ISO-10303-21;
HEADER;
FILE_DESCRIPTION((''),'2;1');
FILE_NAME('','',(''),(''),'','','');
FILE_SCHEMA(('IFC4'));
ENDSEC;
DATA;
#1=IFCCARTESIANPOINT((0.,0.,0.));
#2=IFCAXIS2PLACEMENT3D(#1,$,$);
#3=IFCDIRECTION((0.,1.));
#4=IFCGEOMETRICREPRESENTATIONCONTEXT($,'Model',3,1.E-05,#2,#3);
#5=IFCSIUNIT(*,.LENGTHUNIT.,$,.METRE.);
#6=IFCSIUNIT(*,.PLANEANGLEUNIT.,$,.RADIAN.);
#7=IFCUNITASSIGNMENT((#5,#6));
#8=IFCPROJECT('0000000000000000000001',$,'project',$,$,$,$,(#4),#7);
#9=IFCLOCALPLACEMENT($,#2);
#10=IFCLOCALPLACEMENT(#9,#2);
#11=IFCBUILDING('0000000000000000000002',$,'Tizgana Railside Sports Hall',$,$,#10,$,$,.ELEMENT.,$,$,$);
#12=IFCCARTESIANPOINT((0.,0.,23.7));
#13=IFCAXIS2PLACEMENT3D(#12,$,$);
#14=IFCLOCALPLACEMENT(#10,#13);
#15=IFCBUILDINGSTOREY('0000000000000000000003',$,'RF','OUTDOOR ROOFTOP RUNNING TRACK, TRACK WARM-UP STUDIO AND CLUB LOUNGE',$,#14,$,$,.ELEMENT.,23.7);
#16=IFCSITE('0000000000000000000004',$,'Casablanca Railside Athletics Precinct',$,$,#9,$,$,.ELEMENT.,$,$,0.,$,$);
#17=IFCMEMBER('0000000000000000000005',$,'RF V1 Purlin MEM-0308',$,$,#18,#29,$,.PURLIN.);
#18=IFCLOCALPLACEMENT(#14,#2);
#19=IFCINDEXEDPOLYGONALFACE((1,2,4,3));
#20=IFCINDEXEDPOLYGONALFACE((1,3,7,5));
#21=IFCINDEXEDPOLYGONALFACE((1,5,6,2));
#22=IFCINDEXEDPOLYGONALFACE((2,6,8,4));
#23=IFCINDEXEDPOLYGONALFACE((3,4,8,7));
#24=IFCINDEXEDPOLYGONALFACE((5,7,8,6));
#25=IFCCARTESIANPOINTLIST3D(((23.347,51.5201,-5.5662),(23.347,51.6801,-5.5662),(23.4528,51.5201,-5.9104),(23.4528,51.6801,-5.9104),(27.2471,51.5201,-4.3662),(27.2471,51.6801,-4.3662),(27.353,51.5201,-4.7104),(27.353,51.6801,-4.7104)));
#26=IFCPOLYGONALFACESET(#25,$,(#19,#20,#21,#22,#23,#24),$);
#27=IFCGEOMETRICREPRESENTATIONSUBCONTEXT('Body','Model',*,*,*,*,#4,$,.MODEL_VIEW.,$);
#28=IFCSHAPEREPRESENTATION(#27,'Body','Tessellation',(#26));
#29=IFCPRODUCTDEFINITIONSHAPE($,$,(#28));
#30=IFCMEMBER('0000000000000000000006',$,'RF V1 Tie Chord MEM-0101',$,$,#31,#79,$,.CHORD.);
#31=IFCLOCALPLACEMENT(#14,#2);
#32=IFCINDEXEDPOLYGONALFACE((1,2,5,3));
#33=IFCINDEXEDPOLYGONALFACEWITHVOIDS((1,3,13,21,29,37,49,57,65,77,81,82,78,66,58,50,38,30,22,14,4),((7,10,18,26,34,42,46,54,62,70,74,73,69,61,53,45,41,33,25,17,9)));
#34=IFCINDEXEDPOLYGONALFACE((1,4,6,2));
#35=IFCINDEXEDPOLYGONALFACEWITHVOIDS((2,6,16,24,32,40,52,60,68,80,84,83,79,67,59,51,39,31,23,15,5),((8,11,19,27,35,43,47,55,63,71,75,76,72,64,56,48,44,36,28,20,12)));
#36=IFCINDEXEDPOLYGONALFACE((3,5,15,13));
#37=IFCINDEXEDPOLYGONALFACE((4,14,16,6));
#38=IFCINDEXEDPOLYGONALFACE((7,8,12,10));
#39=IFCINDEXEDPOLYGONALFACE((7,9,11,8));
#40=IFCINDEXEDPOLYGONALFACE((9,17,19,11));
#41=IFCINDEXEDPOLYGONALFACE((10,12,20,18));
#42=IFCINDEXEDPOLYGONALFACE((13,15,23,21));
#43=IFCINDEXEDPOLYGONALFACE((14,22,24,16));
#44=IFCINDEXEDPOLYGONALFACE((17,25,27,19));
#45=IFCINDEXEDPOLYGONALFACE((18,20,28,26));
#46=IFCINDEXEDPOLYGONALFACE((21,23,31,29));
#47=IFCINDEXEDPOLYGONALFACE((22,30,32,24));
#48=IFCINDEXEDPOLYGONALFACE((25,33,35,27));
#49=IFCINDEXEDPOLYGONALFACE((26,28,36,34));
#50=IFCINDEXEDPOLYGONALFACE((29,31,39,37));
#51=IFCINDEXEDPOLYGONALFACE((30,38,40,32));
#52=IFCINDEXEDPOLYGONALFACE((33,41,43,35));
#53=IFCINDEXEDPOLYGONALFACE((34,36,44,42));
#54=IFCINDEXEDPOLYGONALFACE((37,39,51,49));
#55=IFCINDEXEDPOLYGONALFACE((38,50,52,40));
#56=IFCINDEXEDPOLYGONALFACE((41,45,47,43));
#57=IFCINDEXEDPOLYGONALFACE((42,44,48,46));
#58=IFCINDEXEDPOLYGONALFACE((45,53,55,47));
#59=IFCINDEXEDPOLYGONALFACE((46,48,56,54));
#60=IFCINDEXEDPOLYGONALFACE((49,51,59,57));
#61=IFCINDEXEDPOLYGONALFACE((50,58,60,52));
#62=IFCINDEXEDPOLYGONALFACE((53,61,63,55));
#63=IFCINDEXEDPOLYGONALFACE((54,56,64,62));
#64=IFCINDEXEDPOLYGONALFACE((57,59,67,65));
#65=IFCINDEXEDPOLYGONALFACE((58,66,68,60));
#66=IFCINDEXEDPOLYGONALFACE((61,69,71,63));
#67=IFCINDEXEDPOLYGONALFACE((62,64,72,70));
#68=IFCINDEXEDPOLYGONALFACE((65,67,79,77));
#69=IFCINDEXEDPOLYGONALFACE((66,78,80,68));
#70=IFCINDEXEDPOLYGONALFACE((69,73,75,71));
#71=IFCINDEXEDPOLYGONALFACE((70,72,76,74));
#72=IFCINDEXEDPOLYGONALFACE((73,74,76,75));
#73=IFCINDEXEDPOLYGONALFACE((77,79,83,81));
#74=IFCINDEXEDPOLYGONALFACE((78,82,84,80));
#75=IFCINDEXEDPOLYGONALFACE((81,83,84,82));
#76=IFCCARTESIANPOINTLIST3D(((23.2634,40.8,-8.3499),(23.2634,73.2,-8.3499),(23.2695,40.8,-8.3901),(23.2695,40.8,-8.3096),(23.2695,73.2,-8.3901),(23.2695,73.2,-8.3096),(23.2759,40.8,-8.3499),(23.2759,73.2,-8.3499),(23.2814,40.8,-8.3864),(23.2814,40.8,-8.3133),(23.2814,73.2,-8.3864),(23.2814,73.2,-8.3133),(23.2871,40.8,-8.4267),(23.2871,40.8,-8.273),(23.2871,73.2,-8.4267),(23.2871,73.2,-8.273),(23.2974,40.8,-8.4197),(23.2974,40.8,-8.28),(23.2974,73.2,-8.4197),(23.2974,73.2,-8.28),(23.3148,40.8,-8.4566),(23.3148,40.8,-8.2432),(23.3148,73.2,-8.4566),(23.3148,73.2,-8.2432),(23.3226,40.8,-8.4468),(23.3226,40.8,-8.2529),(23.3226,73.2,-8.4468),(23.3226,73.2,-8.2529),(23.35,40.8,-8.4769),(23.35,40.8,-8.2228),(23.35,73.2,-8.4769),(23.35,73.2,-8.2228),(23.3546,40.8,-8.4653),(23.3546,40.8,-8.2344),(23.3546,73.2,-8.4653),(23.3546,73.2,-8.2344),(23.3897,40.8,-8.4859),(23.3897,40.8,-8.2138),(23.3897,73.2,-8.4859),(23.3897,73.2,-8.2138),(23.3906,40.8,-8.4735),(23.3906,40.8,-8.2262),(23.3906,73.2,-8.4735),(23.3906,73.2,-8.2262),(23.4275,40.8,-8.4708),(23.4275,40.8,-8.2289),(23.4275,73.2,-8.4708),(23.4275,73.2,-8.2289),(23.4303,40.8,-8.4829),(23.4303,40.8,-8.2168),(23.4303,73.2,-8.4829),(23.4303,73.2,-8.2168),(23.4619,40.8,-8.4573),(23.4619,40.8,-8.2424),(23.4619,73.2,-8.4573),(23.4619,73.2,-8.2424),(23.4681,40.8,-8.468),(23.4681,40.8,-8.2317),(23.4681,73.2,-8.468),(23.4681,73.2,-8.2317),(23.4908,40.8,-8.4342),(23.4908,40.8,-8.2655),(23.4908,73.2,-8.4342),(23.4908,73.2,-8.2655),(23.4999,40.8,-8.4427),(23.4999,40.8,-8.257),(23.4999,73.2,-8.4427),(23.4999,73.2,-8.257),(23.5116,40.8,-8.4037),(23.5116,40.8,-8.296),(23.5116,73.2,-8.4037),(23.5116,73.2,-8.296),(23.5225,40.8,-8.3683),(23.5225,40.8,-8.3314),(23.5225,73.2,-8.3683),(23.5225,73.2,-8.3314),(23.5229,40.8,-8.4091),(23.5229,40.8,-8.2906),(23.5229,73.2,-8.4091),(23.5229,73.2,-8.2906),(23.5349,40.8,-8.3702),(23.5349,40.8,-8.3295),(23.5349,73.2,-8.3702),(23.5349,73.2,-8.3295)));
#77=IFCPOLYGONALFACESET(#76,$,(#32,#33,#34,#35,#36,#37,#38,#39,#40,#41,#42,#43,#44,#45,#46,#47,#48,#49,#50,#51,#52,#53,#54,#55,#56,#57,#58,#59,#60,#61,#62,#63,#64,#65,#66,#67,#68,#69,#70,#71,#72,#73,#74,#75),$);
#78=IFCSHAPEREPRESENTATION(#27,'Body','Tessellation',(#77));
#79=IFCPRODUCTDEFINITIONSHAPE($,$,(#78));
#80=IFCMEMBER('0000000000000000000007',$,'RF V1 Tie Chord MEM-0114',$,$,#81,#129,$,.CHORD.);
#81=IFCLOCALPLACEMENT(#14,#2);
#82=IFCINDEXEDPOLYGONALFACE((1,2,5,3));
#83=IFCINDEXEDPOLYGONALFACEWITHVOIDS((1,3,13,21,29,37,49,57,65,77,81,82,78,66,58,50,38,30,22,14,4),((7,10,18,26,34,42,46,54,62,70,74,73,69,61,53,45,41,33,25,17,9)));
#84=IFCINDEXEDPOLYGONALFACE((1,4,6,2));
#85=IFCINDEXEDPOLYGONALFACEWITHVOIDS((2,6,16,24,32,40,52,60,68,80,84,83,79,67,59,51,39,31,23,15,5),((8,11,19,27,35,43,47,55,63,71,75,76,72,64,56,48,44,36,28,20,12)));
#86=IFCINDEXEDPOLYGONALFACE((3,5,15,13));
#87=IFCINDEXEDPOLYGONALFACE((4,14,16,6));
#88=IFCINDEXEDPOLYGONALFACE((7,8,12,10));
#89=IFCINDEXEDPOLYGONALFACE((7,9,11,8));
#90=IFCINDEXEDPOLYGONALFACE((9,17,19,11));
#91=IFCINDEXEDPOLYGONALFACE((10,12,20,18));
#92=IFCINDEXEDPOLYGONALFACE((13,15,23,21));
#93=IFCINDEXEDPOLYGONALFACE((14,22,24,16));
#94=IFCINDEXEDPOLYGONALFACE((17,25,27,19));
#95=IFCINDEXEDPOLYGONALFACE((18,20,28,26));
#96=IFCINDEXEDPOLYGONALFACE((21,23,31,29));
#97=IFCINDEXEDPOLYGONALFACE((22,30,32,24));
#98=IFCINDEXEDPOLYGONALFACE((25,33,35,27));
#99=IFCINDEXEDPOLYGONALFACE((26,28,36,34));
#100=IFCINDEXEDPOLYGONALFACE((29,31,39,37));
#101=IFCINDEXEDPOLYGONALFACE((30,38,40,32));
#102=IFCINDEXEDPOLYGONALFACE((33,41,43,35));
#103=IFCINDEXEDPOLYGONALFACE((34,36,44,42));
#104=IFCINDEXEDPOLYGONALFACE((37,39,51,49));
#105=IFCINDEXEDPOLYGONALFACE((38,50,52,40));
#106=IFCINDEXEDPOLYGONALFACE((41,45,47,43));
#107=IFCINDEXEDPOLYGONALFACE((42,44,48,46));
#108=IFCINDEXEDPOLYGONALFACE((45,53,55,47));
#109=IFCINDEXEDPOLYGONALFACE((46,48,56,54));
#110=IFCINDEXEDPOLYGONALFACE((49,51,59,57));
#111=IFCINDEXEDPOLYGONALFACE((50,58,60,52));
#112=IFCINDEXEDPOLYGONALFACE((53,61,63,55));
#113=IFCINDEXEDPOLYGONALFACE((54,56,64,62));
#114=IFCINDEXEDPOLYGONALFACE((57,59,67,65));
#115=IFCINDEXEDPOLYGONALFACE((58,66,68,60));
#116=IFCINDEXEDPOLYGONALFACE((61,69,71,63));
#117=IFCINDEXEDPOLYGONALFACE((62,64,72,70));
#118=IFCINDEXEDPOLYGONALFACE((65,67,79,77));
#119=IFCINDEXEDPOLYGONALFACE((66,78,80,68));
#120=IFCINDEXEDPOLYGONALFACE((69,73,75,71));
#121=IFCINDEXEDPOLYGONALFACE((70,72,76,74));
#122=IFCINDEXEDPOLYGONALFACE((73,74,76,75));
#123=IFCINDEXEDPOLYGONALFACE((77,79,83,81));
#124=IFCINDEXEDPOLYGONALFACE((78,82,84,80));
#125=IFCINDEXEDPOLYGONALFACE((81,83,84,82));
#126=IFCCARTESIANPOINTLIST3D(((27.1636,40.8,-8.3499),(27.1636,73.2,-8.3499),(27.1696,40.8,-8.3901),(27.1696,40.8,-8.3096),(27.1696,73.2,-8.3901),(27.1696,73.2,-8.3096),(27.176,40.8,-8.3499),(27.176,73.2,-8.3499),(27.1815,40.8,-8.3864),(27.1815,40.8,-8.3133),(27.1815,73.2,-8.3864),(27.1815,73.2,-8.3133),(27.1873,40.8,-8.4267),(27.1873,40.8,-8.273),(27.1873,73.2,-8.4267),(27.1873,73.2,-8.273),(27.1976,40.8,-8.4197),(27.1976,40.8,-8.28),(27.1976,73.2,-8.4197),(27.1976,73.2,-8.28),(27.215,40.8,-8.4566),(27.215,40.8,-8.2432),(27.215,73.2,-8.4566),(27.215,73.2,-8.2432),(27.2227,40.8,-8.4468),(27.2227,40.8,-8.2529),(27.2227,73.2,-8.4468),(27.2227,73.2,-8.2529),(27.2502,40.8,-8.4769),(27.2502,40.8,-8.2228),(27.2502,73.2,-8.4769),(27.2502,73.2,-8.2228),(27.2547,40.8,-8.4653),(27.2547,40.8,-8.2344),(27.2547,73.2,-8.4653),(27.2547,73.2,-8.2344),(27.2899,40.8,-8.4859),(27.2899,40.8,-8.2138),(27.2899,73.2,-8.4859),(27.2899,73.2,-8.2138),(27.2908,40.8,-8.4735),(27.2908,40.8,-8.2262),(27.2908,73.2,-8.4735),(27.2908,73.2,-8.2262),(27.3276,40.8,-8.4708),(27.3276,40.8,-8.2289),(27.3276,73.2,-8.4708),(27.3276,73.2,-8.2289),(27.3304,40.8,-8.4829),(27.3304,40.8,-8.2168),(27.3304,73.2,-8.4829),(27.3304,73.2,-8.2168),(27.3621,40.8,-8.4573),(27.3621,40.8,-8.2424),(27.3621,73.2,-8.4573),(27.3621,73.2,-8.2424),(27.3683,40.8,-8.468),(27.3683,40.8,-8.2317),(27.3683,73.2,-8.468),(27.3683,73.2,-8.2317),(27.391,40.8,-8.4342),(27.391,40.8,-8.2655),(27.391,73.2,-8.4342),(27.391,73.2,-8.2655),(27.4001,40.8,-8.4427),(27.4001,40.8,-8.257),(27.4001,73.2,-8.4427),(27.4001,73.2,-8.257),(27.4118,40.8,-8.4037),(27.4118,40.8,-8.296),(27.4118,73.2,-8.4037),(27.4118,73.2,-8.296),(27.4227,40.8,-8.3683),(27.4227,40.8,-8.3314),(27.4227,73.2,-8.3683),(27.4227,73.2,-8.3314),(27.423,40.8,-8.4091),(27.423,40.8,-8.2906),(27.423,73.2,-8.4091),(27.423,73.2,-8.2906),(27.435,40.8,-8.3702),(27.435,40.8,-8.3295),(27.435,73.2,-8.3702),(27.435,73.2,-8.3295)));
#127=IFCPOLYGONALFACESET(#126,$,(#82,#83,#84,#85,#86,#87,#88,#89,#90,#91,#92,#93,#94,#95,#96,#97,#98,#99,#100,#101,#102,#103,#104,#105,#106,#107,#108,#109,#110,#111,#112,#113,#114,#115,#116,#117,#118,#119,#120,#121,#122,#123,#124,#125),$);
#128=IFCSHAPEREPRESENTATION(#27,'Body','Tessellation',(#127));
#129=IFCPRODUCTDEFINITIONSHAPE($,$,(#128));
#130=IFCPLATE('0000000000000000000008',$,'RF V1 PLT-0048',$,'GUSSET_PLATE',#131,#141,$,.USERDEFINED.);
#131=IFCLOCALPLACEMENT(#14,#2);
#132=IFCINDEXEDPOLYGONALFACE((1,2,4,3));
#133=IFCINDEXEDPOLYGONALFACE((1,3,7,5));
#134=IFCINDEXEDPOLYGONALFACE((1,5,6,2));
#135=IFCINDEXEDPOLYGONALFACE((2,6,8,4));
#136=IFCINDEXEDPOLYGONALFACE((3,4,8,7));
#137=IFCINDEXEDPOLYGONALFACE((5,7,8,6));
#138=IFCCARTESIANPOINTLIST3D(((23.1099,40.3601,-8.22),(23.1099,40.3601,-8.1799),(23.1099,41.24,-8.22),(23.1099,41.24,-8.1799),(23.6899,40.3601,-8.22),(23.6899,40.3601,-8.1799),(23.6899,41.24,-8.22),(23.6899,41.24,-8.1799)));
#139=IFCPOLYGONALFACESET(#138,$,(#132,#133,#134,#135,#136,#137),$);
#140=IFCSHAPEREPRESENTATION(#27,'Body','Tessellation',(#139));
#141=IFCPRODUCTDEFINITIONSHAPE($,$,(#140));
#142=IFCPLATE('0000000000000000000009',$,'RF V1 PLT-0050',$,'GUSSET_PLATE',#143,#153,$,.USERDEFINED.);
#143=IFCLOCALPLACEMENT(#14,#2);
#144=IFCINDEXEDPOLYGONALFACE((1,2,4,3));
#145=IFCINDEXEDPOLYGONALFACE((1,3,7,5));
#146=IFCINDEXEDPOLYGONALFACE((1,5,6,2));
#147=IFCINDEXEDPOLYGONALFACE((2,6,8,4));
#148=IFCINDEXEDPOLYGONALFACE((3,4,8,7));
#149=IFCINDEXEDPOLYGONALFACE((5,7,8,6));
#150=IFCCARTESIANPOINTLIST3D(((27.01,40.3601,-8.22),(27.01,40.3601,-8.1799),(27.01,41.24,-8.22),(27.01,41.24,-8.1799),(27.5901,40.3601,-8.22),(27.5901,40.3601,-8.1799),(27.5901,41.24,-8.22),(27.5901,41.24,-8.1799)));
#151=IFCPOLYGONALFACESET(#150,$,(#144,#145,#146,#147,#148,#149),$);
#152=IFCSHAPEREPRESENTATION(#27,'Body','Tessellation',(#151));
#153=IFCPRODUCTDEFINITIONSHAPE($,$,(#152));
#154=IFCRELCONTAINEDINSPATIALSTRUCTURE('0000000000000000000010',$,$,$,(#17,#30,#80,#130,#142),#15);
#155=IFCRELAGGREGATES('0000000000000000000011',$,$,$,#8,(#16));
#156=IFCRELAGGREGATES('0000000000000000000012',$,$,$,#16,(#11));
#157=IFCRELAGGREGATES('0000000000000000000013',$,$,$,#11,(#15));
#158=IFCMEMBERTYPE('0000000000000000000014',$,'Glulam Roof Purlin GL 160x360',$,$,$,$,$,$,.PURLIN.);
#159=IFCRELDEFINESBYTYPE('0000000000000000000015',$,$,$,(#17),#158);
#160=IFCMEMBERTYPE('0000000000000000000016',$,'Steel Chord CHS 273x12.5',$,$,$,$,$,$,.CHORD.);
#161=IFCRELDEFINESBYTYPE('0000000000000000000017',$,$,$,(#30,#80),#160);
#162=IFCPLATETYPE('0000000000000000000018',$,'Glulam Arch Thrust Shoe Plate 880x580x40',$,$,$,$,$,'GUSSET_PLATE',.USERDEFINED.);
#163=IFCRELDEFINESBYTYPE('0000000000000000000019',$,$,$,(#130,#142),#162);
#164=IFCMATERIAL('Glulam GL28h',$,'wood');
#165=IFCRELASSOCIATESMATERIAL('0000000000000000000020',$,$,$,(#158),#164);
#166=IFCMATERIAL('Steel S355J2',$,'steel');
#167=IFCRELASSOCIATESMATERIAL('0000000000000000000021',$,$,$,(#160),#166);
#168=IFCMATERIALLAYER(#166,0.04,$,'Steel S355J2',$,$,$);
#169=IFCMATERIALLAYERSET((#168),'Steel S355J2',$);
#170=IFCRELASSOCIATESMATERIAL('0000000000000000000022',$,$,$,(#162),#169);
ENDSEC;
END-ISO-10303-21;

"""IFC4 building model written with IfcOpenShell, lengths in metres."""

from ifc_helpers import new_model, si_unit, direction, frame, origin, origin_2d, place, context, subcontext, project, spatial, rectangle, hollow_circle, extrude, material, layer, layer_set, material_profile, profile_set, type_object, element, save


model = new_model("IFC4")

# Units and contexts
model_context = context("Model", 3, precision=1e-05, world=origin(), true_north=direction((0.0, 1.0)))
body_context = subcontext(model_context, "Body", "Model", "MODEL_VIEW")
ifc_project = project(units=[si_unit("LENGTHUNIT", "METRE"), si_unit("PLANEANGLEUNIT", "RADIAN")], contexts=[model_context])

# Site, building, storey
site_placement = place(None, origin())
site = spatial("IfcSite", under=ifc_project, at=site_placement, Name="Casablanca Railside Athletics Precinct", CompositionType="ELEMENT", RefElevation=0.0)
building_placement = place(site_placement, origin())
building = spatial("IfcBuilding", under=site, at=building_placement, Name="Tizgana Railside Sports Hall", CompositionType="ELEMENT")
storey_placement = place(building_placement, frame((0.0, 0.0, 23.7)))
storey = spatial("IfcBuildingStorey", under=building, at=storey_placement, Name="RF", Description="OUTDOOR ROOFTOP RUNNING TRACK, TRACK WARM-UP STUDIO AND CLUB LOUNGE", CompositionType="ELEMENT", Elevation=23.7)

# Members
ifc_material_1 = material(Name="Glulam GL28h", Category="wood")
ifc_material_profile_1 = material_profile(ifc_material_1, rectangle(XDim=0.1599, YDim=0.3601, at=origin_2d()), Name="GL 160x360")
ifc_profile_set_1 = profile_set([ifc_material_profile_1], Name="Glulam GL28h")
member_type_1 = type_object("IfcMemberType", Name="Glulam Roof Purlin GL 160x360", PredefinedType="PURLIN", material=ifc_profile_set_1)
member_1_placement = place(storey_placement, frame((23.3999, 51.6001, -5.7383), z_axis=(0.955785, 0.0, 0.294065), x_axis=(0.0, 1.0, 0.0)))
element("IfcMember", 1, at=member_1_placement, inside=storey, type_object=member_type_1, Name="RF V1 Purlin MEM-0308", PredefinedType="PURLIN", context=body_context, shape_type="SweptSolid", body=[
    extrude(rectangle(XDim=0.1599, YDim=0.3601, at=origin_2d()), origin(), (0.0, 0.0, 1.0), 4.0806),
])
ifc_material_2 = material(Name="Steel S355J2", Category="steel")
ifc_material_profile_2 = material_profile(ifc_material_2, hollow_circle(Radius=0.1365, WallThickness=0.0125, at=origin_2d()), Name="CHS 273x12.5")
ifc_profile_set_2 = profile_set([ifc_material_profile_2], Name="Steel S355J2")
member_type_2 = type_object("IfcMemberType", Name="Steel Chord CHS 273x12.5", PredefinedType="CHORD", material=ifc_profile_set_2)
for number, where, z_axis, x_axis, name in (
    (2, (23.3999, 40.8, -8.3499), (0.0, 1.0, 0.0), (-1.0, 0.0, 0.0), "RF V1 Tie Chord MEM-0101"),
    (3, (27.3, 40.8, -8.3499), (0.0, 1.0, 0.0), (-1.0, 0.0, 0.0), "RF V1 Tie Chord MEM-0114"),
):
    element("IfcMember", number, at=place(storey_placement, frame(where, z_axis=z_axis, x_axis=x_axis)), inside=storey, type_object=member_type_2, Name=name, PredefinedType="CHORD", context=body_context, shape_type="SweptSolid", body=[
        extrude(hollow_circle(Radius=0.1365, WallThickness=0.0125, at=origin_2d()), origin(), (0.0, 0.0, 1.0), 32.3999),
    ])

# Plates
ifc_layer = layer(ifc_material_2, 0.04, Name="Steel S355J2")
ifc_layer_set = layer_set([ifc_layer], Name="Steel S355J2")
plate_type = type_object("IfcPlateType", Name="Glulam Arch Thrust Shoe Plate 880x580x40", ElementType="GUSSET_PLATE", PredefinedType="USERDEFINED", material=ifc_layer_set)
for number, where, z_axis, x_axis, name in (
    (4, (23.3999, 40.8, -8.22), (0.0, 0.0, 1.0), (1.0, 0.0, 0.0), "RF V1 PLT-0048"),
    (5, (27.3, 40.8, -8.22), (0.0, 0.0, 1.0), (1.0, 0.0, 0.0), "RF V1 PLT-0050"),
):
    element("IfcPlate", number, at=place(storey_placement, frame(where, z_axis=z_axis, x_axis=x_axis)), inside=storey, type_object=plate_type, Name=name, ObjectType="GUSSET_PLATE", PredefinedType="USERDEFINED", context=body_context, shape_type="SweptSolid", body=[
        extrude(rectangle(XDim=0.5801, YDim=0.8799, at=origin_2d()), origin(), (0.0, 0.0, 1.0), 0.04),
    ])

save(model, "model.ifc")
